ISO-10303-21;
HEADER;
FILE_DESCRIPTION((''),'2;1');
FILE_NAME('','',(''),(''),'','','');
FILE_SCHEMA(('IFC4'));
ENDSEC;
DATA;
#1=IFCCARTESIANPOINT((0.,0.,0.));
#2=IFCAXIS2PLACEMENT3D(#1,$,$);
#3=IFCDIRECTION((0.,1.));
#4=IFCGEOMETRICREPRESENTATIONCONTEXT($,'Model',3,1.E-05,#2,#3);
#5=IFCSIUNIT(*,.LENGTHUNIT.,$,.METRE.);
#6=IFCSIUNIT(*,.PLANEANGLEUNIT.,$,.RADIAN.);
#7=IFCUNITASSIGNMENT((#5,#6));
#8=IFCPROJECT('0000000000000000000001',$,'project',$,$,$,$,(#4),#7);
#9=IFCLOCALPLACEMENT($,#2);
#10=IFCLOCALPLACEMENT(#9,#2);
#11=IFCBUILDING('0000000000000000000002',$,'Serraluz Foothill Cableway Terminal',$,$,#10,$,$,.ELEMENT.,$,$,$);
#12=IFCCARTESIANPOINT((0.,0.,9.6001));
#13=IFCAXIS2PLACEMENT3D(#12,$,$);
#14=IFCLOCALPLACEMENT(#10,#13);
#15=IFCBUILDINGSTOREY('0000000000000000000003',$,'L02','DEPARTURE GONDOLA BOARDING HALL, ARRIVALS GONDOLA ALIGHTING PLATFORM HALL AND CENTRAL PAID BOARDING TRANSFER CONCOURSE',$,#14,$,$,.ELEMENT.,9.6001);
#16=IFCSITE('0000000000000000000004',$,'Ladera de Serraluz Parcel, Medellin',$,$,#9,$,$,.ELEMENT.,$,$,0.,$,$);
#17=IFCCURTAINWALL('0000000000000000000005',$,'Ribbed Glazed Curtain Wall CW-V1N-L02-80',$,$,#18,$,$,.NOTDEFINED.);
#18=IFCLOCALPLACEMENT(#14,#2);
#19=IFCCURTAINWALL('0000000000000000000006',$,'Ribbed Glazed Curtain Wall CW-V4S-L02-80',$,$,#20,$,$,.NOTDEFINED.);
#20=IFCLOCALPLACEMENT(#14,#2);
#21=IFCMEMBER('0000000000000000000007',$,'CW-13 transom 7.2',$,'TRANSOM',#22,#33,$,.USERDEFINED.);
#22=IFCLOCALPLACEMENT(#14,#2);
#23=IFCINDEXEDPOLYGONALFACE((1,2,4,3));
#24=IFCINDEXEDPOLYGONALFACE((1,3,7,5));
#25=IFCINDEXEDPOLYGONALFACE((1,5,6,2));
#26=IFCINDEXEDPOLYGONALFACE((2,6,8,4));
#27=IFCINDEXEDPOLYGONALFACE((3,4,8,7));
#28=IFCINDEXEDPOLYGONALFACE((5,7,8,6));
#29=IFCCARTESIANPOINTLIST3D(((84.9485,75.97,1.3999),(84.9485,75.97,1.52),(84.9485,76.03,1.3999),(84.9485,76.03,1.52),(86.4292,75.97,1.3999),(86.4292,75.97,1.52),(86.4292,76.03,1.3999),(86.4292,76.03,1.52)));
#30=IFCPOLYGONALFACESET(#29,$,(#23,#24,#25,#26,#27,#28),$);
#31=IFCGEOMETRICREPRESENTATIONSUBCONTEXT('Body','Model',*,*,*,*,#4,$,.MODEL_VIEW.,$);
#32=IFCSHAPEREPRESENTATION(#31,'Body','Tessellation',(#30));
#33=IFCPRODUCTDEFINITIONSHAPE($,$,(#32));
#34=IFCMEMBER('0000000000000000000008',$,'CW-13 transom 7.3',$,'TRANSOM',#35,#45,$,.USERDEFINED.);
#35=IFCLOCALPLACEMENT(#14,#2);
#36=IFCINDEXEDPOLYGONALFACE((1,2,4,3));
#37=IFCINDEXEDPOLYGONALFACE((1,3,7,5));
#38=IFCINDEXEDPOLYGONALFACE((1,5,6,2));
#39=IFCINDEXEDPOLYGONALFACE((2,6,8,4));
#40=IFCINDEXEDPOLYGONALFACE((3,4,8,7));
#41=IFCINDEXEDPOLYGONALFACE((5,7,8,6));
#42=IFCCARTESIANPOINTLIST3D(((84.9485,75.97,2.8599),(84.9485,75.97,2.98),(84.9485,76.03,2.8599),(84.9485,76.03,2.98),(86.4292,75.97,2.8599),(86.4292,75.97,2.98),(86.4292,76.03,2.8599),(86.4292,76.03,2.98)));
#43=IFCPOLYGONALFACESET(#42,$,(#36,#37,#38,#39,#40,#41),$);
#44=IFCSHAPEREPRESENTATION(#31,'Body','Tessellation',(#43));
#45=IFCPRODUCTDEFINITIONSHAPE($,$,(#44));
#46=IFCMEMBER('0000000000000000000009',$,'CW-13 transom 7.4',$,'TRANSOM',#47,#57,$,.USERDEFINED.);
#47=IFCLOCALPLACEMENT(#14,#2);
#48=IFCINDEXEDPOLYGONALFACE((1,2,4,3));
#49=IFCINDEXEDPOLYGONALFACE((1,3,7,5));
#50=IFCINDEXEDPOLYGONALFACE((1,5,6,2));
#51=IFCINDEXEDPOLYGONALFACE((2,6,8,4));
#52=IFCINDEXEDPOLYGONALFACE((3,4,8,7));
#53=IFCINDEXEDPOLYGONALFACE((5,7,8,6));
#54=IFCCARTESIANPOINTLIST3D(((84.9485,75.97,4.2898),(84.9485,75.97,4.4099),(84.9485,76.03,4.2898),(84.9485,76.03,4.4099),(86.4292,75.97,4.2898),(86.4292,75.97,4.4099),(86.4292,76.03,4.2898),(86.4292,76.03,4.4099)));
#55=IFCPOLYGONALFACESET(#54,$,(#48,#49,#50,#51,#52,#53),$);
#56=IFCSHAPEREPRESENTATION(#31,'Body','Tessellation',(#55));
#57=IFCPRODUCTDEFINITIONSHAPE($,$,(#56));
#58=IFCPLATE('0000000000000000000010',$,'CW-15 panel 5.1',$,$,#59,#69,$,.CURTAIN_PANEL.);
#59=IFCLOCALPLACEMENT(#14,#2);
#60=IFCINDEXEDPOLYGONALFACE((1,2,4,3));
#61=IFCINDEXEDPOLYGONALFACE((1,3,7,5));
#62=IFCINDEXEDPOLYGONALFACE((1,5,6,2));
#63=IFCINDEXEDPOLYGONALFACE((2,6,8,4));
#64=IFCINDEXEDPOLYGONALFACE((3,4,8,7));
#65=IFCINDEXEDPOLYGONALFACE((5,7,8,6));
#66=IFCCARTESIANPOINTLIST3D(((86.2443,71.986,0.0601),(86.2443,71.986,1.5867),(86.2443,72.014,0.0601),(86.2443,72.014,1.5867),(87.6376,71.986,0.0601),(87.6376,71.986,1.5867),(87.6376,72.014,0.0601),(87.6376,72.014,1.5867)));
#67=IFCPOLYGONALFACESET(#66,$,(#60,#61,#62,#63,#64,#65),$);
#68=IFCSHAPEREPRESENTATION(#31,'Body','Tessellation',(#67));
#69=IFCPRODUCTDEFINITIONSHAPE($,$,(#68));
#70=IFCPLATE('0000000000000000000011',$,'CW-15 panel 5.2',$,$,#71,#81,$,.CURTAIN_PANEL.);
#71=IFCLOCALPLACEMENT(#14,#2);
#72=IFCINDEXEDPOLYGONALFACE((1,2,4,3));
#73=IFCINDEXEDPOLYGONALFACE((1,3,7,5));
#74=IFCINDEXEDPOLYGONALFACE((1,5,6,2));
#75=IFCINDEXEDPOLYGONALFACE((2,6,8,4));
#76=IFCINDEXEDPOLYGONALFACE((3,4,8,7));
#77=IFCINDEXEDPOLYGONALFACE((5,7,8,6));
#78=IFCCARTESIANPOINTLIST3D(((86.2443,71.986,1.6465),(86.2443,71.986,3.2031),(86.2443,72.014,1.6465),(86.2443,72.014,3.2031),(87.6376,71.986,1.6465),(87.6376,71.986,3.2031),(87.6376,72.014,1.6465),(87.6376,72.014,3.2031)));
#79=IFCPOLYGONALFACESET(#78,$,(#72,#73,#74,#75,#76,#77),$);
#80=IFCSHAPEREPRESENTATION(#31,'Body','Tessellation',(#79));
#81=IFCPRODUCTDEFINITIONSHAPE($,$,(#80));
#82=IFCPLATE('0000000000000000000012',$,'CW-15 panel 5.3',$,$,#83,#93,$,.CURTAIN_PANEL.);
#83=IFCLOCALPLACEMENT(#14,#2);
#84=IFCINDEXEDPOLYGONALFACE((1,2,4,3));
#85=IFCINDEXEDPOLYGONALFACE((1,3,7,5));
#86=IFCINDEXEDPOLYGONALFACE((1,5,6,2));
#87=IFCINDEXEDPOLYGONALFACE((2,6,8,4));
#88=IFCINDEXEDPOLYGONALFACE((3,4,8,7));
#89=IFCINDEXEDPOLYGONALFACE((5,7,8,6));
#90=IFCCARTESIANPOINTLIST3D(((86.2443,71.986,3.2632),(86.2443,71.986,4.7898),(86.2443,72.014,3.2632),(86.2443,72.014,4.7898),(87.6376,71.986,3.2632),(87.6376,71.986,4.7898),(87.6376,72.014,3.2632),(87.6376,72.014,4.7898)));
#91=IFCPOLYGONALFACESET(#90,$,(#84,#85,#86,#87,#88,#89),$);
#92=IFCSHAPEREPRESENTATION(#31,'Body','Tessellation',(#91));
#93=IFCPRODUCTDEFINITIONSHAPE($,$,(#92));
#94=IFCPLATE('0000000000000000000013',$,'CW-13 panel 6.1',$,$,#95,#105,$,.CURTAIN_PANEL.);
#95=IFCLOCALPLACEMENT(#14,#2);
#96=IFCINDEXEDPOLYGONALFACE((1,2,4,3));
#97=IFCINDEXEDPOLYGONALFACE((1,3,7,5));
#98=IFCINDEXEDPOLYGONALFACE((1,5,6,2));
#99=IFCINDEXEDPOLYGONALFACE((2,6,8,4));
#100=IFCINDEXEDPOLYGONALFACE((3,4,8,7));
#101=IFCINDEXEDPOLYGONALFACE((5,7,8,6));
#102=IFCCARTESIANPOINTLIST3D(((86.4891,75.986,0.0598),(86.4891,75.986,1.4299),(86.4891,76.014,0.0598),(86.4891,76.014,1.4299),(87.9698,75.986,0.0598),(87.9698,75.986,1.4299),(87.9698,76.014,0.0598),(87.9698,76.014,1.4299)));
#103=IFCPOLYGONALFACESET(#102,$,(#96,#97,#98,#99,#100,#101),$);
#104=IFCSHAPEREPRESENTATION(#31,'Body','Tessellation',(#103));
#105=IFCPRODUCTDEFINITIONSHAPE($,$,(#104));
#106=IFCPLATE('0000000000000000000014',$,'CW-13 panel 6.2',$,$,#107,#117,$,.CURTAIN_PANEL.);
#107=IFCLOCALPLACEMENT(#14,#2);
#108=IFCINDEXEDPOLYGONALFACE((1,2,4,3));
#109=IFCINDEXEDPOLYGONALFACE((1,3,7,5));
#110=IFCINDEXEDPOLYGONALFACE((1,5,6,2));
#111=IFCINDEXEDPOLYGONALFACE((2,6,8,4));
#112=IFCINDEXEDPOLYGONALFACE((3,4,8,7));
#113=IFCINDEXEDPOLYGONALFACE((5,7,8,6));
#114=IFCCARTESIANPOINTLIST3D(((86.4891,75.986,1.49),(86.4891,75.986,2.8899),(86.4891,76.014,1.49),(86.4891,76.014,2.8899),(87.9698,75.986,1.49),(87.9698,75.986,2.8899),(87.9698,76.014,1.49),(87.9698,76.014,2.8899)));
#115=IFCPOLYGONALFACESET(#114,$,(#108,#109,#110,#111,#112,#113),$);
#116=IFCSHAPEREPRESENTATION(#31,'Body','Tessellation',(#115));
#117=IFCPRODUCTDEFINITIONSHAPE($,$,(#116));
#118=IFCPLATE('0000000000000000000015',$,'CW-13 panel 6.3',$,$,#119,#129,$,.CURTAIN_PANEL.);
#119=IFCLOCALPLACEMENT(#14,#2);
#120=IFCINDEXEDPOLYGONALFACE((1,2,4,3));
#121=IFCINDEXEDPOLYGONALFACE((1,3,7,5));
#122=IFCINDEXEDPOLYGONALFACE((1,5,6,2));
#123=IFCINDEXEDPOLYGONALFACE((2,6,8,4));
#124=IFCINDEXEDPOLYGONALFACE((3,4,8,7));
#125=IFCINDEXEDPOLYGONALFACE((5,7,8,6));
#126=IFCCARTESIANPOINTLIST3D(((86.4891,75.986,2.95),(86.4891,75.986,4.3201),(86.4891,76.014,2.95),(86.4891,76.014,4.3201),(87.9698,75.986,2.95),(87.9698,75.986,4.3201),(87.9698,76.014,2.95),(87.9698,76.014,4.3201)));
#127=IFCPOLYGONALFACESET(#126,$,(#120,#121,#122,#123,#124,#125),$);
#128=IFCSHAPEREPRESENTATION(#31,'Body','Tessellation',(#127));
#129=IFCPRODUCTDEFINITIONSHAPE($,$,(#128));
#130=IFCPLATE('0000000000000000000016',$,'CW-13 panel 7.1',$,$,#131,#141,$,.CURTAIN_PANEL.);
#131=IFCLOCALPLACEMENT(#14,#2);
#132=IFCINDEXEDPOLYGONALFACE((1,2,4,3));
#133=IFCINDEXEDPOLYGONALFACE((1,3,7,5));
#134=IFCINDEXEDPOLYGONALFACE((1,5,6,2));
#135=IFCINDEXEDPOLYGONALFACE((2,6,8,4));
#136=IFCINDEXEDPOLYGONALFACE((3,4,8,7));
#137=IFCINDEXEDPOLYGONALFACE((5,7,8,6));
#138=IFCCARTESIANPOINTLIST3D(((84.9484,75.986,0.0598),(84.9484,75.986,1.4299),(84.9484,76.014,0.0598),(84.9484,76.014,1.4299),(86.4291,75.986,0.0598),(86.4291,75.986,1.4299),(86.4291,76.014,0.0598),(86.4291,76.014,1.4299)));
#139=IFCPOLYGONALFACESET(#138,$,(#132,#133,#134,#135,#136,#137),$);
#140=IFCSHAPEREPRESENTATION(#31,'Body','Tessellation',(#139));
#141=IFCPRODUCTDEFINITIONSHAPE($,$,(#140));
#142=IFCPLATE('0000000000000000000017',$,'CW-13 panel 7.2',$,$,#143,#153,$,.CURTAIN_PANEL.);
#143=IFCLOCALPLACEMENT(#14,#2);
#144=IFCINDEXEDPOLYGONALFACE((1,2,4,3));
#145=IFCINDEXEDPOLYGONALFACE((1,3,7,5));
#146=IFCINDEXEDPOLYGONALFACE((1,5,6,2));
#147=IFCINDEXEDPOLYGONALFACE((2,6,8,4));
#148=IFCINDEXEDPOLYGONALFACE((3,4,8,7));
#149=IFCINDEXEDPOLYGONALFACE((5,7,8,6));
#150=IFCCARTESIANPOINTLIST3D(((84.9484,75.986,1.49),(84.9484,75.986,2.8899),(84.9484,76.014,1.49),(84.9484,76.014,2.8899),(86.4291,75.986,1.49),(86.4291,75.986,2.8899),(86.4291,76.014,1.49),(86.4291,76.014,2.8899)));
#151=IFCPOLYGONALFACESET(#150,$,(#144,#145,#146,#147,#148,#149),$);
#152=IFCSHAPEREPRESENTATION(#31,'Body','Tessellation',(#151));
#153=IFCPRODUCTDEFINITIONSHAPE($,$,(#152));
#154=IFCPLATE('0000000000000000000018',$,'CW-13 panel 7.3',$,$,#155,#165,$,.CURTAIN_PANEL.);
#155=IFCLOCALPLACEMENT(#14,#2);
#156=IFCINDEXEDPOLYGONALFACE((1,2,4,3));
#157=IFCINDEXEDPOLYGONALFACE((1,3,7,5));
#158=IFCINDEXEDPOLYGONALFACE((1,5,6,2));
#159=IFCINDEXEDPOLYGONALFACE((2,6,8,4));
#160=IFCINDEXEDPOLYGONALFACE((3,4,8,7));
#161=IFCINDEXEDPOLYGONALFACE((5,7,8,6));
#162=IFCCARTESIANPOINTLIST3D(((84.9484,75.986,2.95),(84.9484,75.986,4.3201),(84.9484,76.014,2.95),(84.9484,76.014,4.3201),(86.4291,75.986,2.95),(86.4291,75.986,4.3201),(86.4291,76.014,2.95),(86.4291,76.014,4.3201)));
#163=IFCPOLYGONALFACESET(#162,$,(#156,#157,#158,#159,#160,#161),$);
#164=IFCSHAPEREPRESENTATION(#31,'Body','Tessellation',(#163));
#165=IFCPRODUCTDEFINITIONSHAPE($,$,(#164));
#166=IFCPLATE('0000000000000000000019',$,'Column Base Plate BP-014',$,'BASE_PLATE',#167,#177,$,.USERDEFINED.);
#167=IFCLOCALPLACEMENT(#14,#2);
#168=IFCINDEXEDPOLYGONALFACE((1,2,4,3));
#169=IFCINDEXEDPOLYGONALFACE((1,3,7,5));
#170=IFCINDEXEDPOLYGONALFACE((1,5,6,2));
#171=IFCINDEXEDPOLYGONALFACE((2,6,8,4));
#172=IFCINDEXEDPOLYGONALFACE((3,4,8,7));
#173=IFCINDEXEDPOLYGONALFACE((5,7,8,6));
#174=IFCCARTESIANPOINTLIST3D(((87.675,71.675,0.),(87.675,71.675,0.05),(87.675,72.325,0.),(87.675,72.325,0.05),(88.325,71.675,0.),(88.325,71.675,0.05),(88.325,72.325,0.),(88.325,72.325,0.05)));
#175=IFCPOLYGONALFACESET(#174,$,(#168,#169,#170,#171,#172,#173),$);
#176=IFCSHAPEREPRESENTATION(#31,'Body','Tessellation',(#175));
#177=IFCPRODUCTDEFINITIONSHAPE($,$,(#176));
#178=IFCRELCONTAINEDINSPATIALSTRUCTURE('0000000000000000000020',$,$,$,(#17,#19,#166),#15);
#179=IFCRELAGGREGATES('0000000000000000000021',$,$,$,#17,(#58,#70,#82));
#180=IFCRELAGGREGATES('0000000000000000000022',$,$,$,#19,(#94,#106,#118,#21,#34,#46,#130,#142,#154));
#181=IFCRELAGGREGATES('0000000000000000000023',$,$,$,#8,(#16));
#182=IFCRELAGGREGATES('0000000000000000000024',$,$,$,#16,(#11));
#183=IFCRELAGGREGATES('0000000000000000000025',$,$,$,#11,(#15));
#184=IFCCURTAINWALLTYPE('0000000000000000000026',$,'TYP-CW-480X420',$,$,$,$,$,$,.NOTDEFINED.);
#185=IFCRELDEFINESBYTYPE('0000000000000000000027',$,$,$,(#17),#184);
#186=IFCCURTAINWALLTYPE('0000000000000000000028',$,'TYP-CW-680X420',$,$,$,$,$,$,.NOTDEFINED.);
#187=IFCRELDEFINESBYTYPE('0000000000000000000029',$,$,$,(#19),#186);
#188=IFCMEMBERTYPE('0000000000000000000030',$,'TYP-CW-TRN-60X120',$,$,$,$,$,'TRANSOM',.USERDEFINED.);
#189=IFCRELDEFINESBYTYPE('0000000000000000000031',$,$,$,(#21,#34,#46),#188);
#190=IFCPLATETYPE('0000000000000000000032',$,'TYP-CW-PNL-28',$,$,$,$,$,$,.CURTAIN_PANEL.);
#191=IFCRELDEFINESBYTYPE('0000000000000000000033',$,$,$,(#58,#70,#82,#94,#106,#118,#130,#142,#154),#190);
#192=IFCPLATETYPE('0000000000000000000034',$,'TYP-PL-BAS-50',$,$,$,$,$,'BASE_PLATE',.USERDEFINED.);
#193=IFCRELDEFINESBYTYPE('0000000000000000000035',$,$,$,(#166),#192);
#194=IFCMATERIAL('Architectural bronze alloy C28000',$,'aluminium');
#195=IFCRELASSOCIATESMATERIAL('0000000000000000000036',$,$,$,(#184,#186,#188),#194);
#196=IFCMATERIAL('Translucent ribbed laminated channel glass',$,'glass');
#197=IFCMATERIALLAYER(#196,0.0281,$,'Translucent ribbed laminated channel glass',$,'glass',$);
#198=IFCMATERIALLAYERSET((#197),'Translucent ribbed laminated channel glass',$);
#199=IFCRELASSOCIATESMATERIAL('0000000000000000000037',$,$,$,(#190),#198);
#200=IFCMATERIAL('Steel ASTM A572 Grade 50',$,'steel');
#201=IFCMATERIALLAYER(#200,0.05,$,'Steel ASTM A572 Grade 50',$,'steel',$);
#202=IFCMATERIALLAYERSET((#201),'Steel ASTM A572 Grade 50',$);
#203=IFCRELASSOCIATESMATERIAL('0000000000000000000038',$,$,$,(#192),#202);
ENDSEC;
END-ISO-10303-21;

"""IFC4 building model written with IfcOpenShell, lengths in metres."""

from ifc_helpers import new_model, si_unit, direction, frame, origin, origin_2d, place, context, subcontext, project, spatial, rectangle, extrude, material, layer, layer_set, material_profile, profile_set, type_object, element, aggregate, save


model = new_model("IFC4")

# Units and contexts
model_context = context("Model", 3, precision=1e-05, world=origin(), true_north=direction((0.0, 1.0)))
body_context = subcontext(model_context, "Body", "Model", "MODEL_VIEW")
ifc_project = project(units=[si_unit("LENGTHUNIT", "METRE"), si_unit("PLANEANGLEUNIT", "RADIAN")], contexts=[model_context])

# Site, building, storey
site_placement = place(None, origin())
site = spatial("IfcSite", under=ifc_project, at=site_placement, Name="Ladera de Serraluz Parcel, Medellin", CompositionType="ELEMENT", RefElevation=0.0)
building_placement = place(site_placement, origin())
building = spatial("IfcBuilding", under=site, at=building_placement, Name="Serraluz Foothill Cableway Terminal", CompositionType="ELEMENT")
storey_placement = place(building_placement, frame((0.0, 0.0, 9.6001)))
storey = spatial("IfcBuildingStorey", under=building, at=storey_placement, Name="L02", Description="DEPARTURE GONDOLA BOARDING HALL, ARRIVALS GONDOLA ALIGHTING PLATFORM HALL AND CENTRAL PAID BOARDING TRANSFER CONCOURSE", CompositionType="ELEMENT", Elevation=9.6001)

# Curtain wall
ifc_material_1 = material(Name="Architectural bronze alloy C28000", Category="aluminium")
curtain_wall_type_1 = type_object("IfcCurtainWallType", Name="TYP-CW-480X420", PredefinedType="NOTDEFINED", material=ifc_material_1)
curtain_wall_1_placement = place(storey_placement, origin())
curtain_wall_1 = element("IfcCurtainWall", 1, at=curtain_wall_1_placement, inside=storey, type_object=curtain_wall_type_1, Name="Ribbed Glazed Curtain Wall CW-V1N-L02-80", PredefinedType="NOTDEFINED")

# Curtain wall
curtain_wall_type_2 = type_object("IfcCurtainWallType", Name="TYP-CW-680X420", PredefinedType="NOTDEFINED", material=ifc_material_1)
curtain_wall_2_placement = place(storey_placement, origin())
curtain_wall_2 = element("IfcCurtainWall", 2, at=curtain_wall_2_placement, inside=storey, type_object=curtain_wall_type_2, Name="Ribbed Glazed Curtain Wall CW-V4S-L02-80", PredefinedType="NOTDEFINED")

# Members
ifc_material_profile_1 = material_profile(ifc_material_1, rectangle(XDim=0.0601, YDim=0.1201, at=origin_2d()), Name="ALU TRANSOM 60x120")
ifc_profile_set_1 = profile_set([ifc_material_profile_1], Name="Architectural bronze alloy C28000")
member_type_1 = type_object("IfcMemberType", Name="TYP-CW-TRN-60X120", ElementType="TRANSOM", PredefinedType="USERDEFINED", material=ifc_profile_set_1)
member_1_placement = place(storey_placement, frame((86.4292, 76.0, 1.46), z_axis=(-1.0, 0.0, 0.0), x_axis=(0.0, -1.0, 0.0)))
member_1 = element("IfcMember", 3, at=member_1_placement, type_object=member_type_1, Name="CW-13 transom 7.2", ObjectType="TRANSOM", PredefinedType="USERDEFINED", context=body_context, shape_type="SweptSolid", body=[
    extrude(rectangle(XDim=0.0601, YDim=0.1201, at=origin_2d()), origin(), (0.0, 0.0, 1.0), 1.4807),
])
member_2_placement = place(storey_placement, frame((86.4292, 76.0, 2.9199), z_axis=(-1.0, 0.0, 0.0), x_axis=(0.0, -1.0, 0.0)))
member_2 = element("IfcMember", 4, at=member_2_placement, type_object=member_type_1, Name="CW-13 transom 7.3", ObjectType="TRANSOM", PredefinedType="USERDEFINED", context=body_context, shape_type="SweptSolid", body=[
    extrude(rectangle(XDim=0.0601, YDim=0.1201, at=origin_2d()), origin(), (0.0, 0.0, 1.0), 1.4807),
])
member_3_placement = place(storey_placement, frame((86.4292, 76.0, 4.3499), z_axis=(-1.0, 0.0, 0.0), x_axis=(0.0, -1.0, 0.0)))
member_3 = element("IfcMember", 5, at=member_3_placement, type_object=member_type_1, Name="CW-13 transom 7.4", ObjectType="TRANSOM", PredefinedType="USERDEFINED", context=body_context, shape_type="SweptSolid", body=[
    extrude(rectangle(XDim=0.0601, YDim=0.1201, at=origin_2d()), origin(), (0.0, 0.0, 1.0), 1.4807),
])

# Plates
ifc_material_2 = material(Name="Translucent ribbed laminated channel glass", Category="glass")
ifc_layer_1 = layer(ifc_material_2, 0.0281, Name="Translucent ribbed laminated channel glass", Category="glass")
ifc_layer_set_1 = layer_set([ifc_layer_1], Name="Translucent ribbed laminated channel glass")
plate_type_1 = type_object("IfcPlateType", Name="TYP-CW-PNL-28", PredefinedType="CURTAIN_PANEL", material=ifc_layer_set_1)
plate_1_placement = place(storey_placement, frame((86.9409, 72.0, 0.0601), z_axis=(0.0, 0.0, 1.0), x_axis=(1.0, 0.0, 0.0)))
plate_1 = element("IfcPlate", 6, at=plate_1_placement, type_object=plate_type_1, Name="CW-15 panel 5.1", PredefinedType="CURTAIN_PANEL", context=body_context, shape_type="SweptSolid", body=[
    extrude(rectangle(XDim=1.3933, YDim=0.0281, at=origin_2d()), origin(), (0.0, 0.0, 1.0), 1.5266),
])
plate_2_placement = place(storey_placement, frame((86.9409, 72.0, 1.6465), z_axis=(0.0, 0.0, 1.0), x_axis=(1.0, 0.0, 0.0)))
plate_2 = element("IfcPlate", 7, at=plate_2_placement, type_object=plate_type_1, Name="CW-15 panel 5.2", PredefinedType="CURTAIN_PANEL", context=body_context, shape_type="SweptSolid", body=[
    extrude(rectangle(XDim=1.3933, YDim=0.0281, at=origin_2d()), origin(), (0.0, 0.0, 1.0), 1.5566),
])
plate_3_placement = place(storey_placement, frame((86.9409, 72.0, 3.2632), z_axis=(0.0, 0.0, 1.0), x_axis=(1.0, 0.0, 0.0)))
plate_3 = element("IfcPlate", 8, at=plate_3_placement, type_object=plate_type_1, Name="CW-15 panel 5.3", PredefinedType="CURTAIN_PANEL", context=body_context, shape_type="SweptSolid", body=[
    extrude(rectangle(XDim=1.3933, YDim=0.0281, at=origin_2d()), origin(), (0.0, 0.0, 1.0), 1.5266),
])
aggregate(curtain_wall_1, [plate_1, plate_2, plate_3])
plate_4_placement = place(storey_placement, frame((87.2295, 76.0, 0.0598), z_axis=(0.0, 0.0, 1.0), x_axis=(-1.0, 0.0, 0.0)))
plate_4 = element("IfcPlate", 9, at=plate_4_placement, type_object=plate_type_1, Name="CW-13 panel 6.1", PredefinedType="CURTAIN_PANEL", context=body_context, shape_type="SweptSolid", body=[
    extrude(rectangle(XDim=1.4807, YDim=0.0281, at=origin_2d()), origin(), (0.0, 0.0, 1.0), 1.3701),
])
plate_5_placement = place(storey_placement, frame((87.2295, 76.0, 1.49), z_axis=(0.0, 0.0, 1.0), x_axis=(-1.0, 0.0, 0.0)))
plate_5 = element("IfcPlate", 10, at=plate_5_placement, type_object=plate_type_1, Name="CW-13 panel 6.2", PredefinedType="CURTAIN_PANEL", context=body_context, shape_type="SweptSolid", body=[
    extrude(rectangle(XDim=1.4807, YDim=0.0281, at=origin_2d()), origin(), (0.0, 0.0, 1.0), 1.3999),
])
plate_6_placement = place(storey_placement, frame((87.2295, 76.0, 2.95), z_axis=(0.0, 0.0, 1.0), x_axis=(-1.0, 0.0, 0.0)))
plate_6 = element("IfcPlate", 11, at=plate_6_placement, type_object=plate_type_1, Name="CW-13 panel 6.3", PredefinedType="CURTAIN_PANEL", context=body_context, shape_type="SweptSolid", body=[
    extrude(rectangle(XDim=1.4807, YDim=0.0281, at=origin_2d()), origin(), (0.0, 0.0, 1.0), 1.3701),
])
plate_7_placement = place(storey_placement, frame((85.6887, 76.0, 0.0598), z_axis=(0.0, 0.0, 1.0), x_axis=(-1.0, 0.0, 0.0)))
plate_7 = element("IfcPlate", 12, at=plate_7_placement, type_object=plate_type_1, Name="CW-13 panel 7.1", PredefinedType="CURTAIN_PANEL", context=body_context, shape_type="SweptSolid", body=[
    extrude(rectangle(XDim=1.4807, YDim=0.0281, at=origin_2d()), origin(), (0.0, 0.0, 1.0), 1.3701),
])
plate_8_placement = place(storey_placement, frame((85.6887, 76.0, 1.49), z_axis=(0.0, 0.0, 1.0), x_axis=(-1.0, 0.0, 0.0)))
plate_8 = element("IfcPlate", 13, at=plate_8_placement, type_object=plate_type_1, Name="CW-13 panel 7.2", PredefinedType="CURTAIN_PANEL", context=body_context, shape_type="SweptSolid", body=[
    extrude(rectangle(XDim=1.4807, YDim=0.0281, at=origin_2d()), origin(), (0.0, 0.0, 1.0), 1.3999),
])
plate_9_placement = place(storey_placement, frame((85.6887, 76.0, 2.95), z_axis=(0.0, 0.0, 1.0), x_axis=(-1.0, 0.0, 0.0)))
plate_9 = element("IfcPlate", 14, at=plate_9_placement, type_object=plate_type_1, Name="CW-13 panel 7.3", PredefinedType="CURTAIN_PANEL", context=body_context, shape_type="SweptSolid", body=[
    extrude(rectangle(XDim=1.4807, YDim=0.0281, at=origin_2d()), origin(), (0.0, 0.0, 1.0), 1.3701),
])
aggregate(curtain_wall_2, [plate_4, plate_5, plate_6, member_1, member_2, member_3, plate_7, plate_8, plate_9])
ifc_material_3 = material(Name="Steel ASTM A572 Grade 50", Category="steel")
ifc_layer_2 = layer(ifc_material_3, 0.05, Name="Steel ASTM A572 Grade 50", Category="steel")
ifc_layer_set_2 = layer_set([ifc_layer_2], Name="Steel ASTM A572 Grade 50")
plate_type_2 = type_object("IfcPlateType", Name="TYP-PL-BAS-50", ElementType="BASE_PLATE", PredefinedType="USERDEFINED", material=ifc_layer_set_2)
plate_10_placement = place(storey_placement, frame((88.0, 72.0, 0.0), z_axis=(0.0, 0.0, 1.0), x_axis=(1.0, 0.0, 0.0)))
element("IfcPlate", 15, at=plate_10_placement, inside=storey, type_object=plate_type_2, Name="Column Base Plate BP-014", ObjectType="BASE_PLATE", PredefinedType="USERDEFINED", context=body_context, shape_type="SweptSolid", body=[
    extrude(rectangle(XDim=0.6499, YDim=0.6499, at=origin_2d()), origin(), (0.0, 0.0, 1.0), 0.05),
])

save(model, "model.ifc")
